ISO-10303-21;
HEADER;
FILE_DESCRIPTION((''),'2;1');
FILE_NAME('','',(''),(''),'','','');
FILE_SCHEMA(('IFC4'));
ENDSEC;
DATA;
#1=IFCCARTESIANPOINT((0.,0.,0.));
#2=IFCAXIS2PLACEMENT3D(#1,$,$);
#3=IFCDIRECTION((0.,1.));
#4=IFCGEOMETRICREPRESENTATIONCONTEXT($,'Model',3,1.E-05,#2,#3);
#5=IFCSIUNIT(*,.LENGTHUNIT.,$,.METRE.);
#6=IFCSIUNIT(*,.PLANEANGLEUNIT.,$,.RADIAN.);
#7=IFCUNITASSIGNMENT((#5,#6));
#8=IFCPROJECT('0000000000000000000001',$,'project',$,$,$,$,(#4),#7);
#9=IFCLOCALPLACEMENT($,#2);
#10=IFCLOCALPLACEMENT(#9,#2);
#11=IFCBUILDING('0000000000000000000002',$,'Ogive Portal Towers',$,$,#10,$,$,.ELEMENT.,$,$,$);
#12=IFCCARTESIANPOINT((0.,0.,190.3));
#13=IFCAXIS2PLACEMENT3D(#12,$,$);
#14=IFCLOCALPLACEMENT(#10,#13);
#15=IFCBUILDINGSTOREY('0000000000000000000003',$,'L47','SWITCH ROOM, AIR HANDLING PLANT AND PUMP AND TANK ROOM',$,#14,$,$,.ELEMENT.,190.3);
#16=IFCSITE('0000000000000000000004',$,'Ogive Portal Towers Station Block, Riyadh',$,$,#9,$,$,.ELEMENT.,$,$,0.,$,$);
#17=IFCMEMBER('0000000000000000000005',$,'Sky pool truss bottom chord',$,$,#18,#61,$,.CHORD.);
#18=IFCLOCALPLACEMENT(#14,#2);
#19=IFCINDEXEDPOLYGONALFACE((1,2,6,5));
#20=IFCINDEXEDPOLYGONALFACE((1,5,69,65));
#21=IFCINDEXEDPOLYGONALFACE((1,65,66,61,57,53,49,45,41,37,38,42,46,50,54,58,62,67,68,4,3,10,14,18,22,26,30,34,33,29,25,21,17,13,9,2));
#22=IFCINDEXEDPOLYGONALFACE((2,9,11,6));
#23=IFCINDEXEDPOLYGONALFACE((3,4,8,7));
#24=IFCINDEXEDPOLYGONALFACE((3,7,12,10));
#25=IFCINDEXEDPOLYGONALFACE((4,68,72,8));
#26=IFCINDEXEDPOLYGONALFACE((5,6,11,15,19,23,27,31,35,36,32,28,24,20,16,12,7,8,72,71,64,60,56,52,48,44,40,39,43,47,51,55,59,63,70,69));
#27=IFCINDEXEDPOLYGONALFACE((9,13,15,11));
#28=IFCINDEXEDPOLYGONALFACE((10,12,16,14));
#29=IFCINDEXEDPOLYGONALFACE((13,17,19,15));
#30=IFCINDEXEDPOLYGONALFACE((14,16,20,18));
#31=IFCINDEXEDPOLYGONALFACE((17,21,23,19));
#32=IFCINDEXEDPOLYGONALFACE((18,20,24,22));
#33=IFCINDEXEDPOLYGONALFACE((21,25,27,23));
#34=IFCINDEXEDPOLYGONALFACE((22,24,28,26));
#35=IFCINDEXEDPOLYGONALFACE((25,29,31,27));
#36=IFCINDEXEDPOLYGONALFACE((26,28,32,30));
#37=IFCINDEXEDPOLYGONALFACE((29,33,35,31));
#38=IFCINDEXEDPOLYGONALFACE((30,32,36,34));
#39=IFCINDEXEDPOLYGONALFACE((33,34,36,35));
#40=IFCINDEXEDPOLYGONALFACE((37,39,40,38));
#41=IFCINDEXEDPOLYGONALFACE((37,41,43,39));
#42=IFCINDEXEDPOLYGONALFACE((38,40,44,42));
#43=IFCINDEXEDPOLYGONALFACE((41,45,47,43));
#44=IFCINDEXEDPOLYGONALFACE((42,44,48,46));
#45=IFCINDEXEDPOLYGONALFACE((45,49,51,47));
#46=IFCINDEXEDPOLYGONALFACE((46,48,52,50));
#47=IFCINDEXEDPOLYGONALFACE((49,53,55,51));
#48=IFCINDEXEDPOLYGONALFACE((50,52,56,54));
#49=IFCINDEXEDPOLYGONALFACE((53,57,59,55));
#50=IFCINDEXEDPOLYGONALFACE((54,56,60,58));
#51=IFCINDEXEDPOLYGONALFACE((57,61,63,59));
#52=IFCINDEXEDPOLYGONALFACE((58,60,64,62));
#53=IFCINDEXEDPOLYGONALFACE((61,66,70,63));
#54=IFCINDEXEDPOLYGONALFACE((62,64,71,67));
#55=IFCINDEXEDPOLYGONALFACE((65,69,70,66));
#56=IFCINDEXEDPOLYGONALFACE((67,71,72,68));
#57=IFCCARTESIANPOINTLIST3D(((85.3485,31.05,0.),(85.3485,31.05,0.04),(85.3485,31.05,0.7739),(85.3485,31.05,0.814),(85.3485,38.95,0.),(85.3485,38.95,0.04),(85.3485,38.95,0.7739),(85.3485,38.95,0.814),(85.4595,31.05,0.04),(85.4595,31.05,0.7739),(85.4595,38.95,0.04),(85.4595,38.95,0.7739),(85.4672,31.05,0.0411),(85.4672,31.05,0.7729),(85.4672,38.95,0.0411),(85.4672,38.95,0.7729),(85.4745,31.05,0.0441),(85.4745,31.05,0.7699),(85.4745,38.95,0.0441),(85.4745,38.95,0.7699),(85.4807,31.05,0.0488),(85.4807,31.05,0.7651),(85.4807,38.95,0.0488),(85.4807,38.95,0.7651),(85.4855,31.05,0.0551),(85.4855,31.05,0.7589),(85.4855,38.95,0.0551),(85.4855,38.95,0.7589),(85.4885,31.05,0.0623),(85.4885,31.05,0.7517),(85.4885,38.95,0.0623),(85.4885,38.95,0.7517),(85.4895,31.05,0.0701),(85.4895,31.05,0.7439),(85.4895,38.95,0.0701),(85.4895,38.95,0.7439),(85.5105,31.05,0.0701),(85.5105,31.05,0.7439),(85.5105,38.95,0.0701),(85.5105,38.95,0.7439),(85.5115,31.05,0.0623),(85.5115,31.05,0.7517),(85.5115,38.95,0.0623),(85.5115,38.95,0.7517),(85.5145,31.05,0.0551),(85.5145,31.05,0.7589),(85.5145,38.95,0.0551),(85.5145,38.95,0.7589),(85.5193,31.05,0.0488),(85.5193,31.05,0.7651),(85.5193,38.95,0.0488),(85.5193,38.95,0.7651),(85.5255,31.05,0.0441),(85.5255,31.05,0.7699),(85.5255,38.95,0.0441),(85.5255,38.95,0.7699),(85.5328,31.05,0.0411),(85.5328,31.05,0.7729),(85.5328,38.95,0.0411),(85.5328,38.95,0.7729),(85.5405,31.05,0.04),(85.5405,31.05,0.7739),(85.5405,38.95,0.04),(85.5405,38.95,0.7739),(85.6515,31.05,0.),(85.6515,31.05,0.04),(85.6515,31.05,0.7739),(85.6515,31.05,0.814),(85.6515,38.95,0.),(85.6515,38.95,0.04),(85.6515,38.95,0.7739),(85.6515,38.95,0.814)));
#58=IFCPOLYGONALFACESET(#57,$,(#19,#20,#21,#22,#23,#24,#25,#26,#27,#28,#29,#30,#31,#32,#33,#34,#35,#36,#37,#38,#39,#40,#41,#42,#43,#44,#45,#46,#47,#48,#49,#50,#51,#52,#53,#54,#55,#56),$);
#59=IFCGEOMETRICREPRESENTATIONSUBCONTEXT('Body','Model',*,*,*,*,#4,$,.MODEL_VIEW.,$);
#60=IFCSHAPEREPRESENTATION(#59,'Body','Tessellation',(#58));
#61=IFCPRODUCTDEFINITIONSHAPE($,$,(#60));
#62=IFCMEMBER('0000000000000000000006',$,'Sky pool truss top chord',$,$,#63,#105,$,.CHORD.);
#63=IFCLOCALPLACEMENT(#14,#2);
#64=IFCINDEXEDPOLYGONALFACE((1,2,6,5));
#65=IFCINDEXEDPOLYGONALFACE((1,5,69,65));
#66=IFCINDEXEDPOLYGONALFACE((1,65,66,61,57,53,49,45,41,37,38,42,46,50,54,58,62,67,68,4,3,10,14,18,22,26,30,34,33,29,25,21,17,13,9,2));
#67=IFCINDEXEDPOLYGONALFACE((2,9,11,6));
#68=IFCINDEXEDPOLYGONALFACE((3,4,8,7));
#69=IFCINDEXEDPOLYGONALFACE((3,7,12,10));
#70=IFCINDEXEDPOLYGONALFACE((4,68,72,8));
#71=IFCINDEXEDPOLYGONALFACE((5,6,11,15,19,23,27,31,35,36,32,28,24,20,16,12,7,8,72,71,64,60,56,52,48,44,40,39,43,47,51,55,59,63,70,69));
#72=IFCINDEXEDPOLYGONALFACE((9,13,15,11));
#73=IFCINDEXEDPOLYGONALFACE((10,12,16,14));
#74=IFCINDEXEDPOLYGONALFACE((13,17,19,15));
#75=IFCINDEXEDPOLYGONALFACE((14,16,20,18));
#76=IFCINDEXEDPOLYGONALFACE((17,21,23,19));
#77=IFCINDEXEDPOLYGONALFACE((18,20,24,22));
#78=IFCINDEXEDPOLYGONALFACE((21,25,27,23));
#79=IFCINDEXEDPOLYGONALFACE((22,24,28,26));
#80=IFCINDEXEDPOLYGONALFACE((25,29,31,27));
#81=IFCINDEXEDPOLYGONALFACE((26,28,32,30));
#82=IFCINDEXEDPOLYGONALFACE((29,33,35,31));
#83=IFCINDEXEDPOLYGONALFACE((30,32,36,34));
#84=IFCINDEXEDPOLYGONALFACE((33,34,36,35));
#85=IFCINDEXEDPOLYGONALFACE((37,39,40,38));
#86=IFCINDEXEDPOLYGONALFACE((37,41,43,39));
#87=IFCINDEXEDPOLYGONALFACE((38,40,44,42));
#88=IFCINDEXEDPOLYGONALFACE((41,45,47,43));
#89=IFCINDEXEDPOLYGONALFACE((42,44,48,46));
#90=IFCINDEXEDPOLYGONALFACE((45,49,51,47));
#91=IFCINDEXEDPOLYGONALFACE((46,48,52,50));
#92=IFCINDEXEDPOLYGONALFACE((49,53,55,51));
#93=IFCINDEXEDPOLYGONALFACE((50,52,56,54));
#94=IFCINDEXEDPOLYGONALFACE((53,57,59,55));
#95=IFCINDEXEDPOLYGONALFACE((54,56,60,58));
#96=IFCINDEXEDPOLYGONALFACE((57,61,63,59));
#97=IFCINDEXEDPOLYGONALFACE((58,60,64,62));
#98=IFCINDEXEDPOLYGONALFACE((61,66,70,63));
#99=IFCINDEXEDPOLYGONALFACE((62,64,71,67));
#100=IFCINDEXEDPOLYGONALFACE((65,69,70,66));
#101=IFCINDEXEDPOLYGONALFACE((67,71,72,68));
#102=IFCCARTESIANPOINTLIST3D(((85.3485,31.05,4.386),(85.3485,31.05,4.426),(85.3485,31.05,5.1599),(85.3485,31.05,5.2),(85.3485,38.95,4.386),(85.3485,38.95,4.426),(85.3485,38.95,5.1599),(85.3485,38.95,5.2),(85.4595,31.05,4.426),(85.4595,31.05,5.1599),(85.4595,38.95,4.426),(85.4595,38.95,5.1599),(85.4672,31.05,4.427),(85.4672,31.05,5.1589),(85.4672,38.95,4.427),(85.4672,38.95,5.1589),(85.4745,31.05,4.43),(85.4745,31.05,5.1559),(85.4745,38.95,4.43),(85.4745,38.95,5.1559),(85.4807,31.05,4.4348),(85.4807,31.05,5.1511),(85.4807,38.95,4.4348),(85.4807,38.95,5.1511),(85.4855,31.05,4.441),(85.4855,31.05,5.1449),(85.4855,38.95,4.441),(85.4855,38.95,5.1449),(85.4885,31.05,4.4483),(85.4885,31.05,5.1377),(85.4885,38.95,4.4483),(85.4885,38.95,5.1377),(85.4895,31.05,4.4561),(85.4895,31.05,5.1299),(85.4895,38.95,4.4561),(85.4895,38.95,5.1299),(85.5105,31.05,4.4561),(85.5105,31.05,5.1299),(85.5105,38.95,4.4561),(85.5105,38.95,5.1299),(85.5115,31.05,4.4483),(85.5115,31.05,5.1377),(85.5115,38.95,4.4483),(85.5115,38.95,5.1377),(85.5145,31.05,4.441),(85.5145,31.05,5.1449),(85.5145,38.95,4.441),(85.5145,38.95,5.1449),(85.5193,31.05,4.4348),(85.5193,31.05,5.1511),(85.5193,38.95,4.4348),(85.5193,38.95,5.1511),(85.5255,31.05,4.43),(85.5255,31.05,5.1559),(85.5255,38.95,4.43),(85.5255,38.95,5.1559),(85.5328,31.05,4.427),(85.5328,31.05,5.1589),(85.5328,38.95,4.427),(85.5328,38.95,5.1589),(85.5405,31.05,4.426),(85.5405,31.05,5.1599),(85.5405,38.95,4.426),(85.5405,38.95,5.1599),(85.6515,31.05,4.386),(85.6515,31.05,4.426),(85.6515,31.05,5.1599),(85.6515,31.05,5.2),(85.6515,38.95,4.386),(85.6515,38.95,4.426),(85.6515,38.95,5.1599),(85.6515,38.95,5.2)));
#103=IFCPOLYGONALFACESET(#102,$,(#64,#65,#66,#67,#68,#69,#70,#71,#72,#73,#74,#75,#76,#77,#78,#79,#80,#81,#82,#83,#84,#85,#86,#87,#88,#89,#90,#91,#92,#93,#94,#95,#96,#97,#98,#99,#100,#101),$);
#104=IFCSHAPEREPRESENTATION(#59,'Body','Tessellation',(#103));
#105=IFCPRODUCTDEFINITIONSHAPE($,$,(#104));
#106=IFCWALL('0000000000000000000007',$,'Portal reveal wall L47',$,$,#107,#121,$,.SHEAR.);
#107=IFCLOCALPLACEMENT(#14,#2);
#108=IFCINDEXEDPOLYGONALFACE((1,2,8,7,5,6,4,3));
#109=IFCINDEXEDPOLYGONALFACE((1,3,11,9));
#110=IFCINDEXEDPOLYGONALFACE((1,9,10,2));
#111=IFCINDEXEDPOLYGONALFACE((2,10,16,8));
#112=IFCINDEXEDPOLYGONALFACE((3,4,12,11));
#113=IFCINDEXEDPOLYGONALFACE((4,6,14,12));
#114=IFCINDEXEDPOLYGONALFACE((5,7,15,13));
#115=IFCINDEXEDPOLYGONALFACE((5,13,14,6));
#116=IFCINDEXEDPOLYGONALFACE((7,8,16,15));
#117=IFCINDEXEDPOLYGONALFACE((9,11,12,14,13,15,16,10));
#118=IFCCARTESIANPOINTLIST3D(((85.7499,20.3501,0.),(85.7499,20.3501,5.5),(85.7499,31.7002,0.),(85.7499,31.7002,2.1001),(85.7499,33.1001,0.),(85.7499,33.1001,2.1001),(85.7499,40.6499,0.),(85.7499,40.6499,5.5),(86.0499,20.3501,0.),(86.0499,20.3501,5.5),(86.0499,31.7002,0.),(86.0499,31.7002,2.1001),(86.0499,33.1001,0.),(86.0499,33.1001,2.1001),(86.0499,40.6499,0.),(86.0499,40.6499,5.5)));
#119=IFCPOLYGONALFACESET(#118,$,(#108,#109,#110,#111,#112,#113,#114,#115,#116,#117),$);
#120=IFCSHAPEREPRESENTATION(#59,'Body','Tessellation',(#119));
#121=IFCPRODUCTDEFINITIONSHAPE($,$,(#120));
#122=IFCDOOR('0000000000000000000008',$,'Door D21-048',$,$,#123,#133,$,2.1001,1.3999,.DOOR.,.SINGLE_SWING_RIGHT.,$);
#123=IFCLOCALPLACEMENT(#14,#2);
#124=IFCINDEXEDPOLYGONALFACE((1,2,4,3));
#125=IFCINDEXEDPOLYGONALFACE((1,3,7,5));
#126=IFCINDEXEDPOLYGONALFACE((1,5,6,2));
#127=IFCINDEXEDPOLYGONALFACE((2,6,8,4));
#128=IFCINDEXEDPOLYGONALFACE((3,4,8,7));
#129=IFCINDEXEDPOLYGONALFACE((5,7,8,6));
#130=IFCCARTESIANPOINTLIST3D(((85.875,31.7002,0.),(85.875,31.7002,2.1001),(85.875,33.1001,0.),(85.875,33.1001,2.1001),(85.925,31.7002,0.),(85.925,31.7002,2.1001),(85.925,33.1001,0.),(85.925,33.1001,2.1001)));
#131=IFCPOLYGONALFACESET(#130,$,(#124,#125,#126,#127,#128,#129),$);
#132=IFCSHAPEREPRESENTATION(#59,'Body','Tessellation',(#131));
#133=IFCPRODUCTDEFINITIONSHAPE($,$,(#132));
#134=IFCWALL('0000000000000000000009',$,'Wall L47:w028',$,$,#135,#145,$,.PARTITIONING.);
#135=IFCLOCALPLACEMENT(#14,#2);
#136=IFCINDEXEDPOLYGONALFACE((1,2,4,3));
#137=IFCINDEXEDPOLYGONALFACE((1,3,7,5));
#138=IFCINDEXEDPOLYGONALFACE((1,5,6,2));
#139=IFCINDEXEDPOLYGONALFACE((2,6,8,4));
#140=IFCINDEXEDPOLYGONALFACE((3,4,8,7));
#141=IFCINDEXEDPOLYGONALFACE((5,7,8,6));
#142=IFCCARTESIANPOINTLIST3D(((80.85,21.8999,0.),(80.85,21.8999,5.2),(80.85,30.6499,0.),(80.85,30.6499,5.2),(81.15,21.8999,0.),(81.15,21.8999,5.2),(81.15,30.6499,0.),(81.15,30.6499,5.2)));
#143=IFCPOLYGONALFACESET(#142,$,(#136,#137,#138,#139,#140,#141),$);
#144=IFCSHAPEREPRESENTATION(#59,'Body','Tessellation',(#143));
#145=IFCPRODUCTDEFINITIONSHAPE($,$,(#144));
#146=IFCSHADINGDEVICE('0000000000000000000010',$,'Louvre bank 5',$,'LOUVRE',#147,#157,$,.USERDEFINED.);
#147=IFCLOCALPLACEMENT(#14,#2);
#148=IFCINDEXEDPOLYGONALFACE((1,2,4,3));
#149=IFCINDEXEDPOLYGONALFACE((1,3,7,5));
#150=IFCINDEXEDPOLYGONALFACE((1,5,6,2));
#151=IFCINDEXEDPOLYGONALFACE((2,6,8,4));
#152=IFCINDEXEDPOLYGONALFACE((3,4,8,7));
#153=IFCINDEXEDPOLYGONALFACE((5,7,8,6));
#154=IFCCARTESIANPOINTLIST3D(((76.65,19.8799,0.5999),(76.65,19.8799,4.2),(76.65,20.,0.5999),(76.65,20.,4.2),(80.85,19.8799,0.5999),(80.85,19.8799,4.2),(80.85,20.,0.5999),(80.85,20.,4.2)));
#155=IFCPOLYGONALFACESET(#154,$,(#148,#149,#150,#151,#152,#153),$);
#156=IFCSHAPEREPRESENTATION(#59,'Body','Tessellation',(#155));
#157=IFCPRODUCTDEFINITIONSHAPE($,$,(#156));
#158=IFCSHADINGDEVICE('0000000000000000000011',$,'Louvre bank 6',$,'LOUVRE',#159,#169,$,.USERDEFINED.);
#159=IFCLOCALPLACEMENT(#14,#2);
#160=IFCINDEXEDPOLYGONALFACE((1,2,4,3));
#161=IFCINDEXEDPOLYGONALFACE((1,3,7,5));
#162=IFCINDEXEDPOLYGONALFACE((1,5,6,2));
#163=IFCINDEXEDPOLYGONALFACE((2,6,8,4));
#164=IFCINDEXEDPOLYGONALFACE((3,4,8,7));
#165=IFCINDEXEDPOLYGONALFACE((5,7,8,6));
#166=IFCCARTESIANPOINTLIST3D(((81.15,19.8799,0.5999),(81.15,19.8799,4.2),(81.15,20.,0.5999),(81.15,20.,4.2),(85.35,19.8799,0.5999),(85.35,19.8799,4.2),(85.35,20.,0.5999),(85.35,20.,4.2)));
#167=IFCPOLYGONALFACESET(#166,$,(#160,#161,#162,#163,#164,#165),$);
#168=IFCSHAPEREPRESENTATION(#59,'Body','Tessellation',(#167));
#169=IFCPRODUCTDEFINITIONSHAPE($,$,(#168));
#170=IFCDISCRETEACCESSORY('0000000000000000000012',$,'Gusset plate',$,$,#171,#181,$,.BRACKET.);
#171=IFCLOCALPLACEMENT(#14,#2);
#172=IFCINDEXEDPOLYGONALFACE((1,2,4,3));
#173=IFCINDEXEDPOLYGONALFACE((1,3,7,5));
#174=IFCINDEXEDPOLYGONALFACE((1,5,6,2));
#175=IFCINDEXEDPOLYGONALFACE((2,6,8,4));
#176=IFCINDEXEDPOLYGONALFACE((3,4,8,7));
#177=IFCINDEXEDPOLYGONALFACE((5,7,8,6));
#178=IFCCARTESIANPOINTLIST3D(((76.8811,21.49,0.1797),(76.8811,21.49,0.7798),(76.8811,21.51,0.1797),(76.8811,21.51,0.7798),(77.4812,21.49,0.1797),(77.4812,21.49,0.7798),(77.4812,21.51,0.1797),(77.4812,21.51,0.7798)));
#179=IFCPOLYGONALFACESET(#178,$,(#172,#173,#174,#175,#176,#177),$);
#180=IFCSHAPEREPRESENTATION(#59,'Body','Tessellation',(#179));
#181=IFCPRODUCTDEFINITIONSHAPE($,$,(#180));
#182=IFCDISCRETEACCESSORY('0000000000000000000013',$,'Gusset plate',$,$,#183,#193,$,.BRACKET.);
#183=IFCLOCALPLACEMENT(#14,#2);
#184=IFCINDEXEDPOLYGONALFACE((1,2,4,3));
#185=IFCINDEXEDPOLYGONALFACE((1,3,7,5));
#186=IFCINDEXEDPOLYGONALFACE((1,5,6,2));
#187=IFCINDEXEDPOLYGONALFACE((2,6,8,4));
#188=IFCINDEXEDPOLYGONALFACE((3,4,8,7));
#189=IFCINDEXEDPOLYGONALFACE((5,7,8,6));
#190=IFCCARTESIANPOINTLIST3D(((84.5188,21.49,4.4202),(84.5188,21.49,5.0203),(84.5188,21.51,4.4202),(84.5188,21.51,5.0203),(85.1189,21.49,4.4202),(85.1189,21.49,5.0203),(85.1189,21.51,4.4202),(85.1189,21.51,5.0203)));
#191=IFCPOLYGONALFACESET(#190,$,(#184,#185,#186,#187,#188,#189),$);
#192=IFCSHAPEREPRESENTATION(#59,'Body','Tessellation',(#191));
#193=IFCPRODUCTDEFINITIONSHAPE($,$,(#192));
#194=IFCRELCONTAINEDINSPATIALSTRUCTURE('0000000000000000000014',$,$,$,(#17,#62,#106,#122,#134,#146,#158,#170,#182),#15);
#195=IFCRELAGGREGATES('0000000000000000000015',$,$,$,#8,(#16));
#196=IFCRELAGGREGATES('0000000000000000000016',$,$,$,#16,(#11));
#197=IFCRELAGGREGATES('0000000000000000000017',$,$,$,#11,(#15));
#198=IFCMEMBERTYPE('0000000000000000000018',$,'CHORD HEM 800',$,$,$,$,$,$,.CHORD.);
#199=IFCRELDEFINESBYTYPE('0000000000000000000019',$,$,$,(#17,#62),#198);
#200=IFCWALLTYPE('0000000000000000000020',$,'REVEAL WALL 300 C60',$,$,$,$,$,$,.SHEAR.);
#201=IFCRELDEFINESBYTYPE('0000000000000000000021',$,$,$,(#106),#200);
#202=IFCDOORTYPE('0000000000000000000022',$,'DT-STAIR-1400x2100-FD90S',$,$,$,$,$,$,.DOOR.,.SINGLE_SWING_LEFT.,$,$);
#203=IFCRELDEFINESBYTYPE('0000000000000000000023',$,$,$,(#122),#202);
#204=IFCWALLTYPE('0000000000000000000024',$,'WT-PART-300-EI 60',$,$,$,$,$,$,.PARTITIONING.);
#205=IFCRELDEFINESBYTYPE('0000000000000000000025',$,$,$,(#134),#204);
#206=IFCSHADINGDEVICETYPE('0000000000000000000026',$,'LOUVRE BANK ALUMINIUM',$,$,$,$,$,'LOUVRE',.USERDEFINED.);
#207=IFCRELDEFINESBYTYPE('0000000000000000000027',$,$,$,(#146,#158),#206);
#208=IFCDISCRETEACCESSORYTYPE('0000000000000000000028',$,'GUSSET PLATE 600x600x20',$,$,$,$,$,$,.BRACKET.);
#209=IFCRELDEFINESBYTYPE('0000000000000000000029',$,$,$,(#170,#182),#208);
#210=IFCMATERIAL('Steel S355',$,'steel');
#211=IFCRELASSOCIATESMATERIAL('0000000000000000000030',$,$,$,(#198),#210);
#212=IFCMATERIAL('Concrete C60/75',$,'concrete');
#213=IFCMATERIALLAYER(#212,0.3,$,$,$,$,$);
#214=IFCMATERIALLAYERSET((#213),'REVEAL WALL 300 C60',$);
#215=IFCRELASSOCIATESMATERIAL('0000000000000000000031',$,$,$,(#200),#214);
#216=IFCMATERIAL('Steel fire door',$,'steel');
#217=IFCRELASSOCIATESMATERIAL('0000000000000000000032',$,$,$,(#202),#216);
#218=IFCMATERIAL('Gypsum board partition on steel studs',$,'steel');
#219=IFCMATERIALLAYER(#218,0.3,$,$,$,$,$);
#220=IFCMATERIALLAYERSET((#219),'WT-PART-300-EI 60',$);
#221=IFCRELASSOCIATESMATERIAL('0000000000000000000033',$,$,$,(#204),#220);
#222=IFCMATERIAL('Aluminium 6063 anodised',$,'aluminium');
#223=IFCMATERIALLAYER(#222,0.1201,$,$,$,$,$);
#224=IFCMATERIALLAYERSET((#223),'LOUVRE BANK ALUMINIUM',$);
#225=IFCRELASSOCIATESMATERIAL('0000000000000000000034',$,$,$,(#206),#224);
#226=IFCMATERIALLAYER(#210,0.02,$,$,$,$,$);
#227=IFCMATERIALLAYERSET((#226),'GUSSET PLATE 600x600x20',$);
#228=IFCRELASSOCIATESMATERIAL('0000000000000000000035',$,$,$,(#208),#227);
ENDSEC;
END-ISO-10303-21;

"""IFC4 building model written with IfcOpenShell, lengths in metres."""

from ifc_helpers import new_model, si_unit, direction, frame, frame_2d, origin, origin_2d, place, context, subcontext, project, spatial, rectangle, i_section, extrude, material, layer, layer_set, material_profile, profile_set, type_object, element, fill, save


model = new_model("IFC4")

# Units and contexts
model_context = context("Model", 3, precision=1e-05, world=origin(), true_north=direction((0.0, 1.0)))
body_context = subcontext(model_context, "Body", "Model", "MODEL_VIEW")
ifc_project = project(units=[si_unit("LENGTHUNIT", "METRE"), si_unit("PLANEANGLEUNIT", "RADIAN")], contexts=[model_context])

# Site, building, storey
site_placement = place(None, origin())
site = spatial("IfcSite", under=ifc_project, at=site_placement, Name="Ogive Portal Towers Station Block, Riyadh", CompositionType="ELEMENT", RefElevation=0.0)
building_placement = place(site_placement, origin())
building = spatial("IfcBuilding", under=site, at=building_placement, Name="Ogive Portal Towers", CompositionType="ELEMENT")
storey_placement = place(building_placement, frame((0.0, 0.0, 190.3)))
storey = spatial("IfcBuildingStorey", under=building, at=storey_placement, Name="L47", Description="SWITCH ROOM, AIR HANDLING PLANT AND PUMP AND TANK ROOM", CompositionType="ELEMENT", Elevation=190.3)

# Shared definitions
ifc_material_1 = material(Name="Concrete C60/75", Category="concrete")

# Members
ifc_material_2 = material(Name="Steel S355", Category="steel")
ifc_material_profile_1 = material_profile(ifc_material_2, i_section(OverallWidth=0.303, OverallDepth=0.814, WebThickness=0.021, FlangeThickness=0.04, FilletRadius=0.03, at=origin_2d()), Name="HEM 800")
ifc_profile_set_1 = profile_set([ifc_material_profile_1], Name="Steel S355")
member_type_1 = type_object("IfcMemberType", Name="CHORD HEM 800", PredefinedType="CHORD", material=ifc_profile_set_1)
for number, where, z_axis, x_axis, name in (
    (1, (85.5, 31.05, 0.407), (0.0, 1.0, 0.0), (-1.0, 0.0, 0.0), "Sky pool truss bottom chord"),
    (2, (85.5, 31.05, 4.793), (0.0, 1.0, 0.0), (-1.0, 0.0, 0.0), "Sky pool truss top chord"),
):
    element("IfcMember", number, at=place(storey_placement, frame(where, z_axis=z_axis, x_axis=x_axis)), inside=storey, type_object=member_type_1, Name=name, PredefinedType="CHORD", context=body_context, shape_type="SweptSolid", body=[
        extrude(i_section(OverallWidth=0.303, OverallDepth=0.814, WebThickness=0.021, FlangeThickness=0.04, FilletRadius=0.03, at=origin_2d()), origin(), (0.0, 0.0, 1.0), 7.8999),
    ])

# Wall, opening, door
ifc_layer_1 = layer(ifc_material_1, 0.3)
ifc_layer_set_1 = layer_set([ifc_layer_1], Name="REVEAL WALL 300 C60")
wall_type_1 = type_object("IfcWallType", Name="REVEAL WALL 300 C60", PredefinedType="SHEAR", material=ifc_layer_set_1)
wall_1_placement = place(storey_placement, frame((85.8999, 20.3501, 0.0), z_axis=(0.0, 0.0, 1.0), x_axis=(0.0, 1.0, 0.0)))
wall_1 = element("IfcWall", 3, at=wall_1_placement, inside=storey, type_object=wall_type_1, Name="Portal reveal wall L47", PredefinedType="SHEAR", context=body_context, shape_type="SweptSolid", body=[
    extrude(rectangle(XDim=20.2998, YDim=0.3, at=frame_2d((10.1499, 0.0))), origin(), (0.0, 0.0, 1.0), 5.5),
])
opening_placement = place(wall_1_placement, frame((11.3501, 0.0, 0.0)))
opening = element("IfcOpeningElement", 4, at=opening_placement, cuts=wall_1, PredefinedType="OPENING", context=body_context, shape_type="SweptSolid", body=[
    extrude(rectangle(XDim=1.3999, YDim=2.1001, at=frame_2d((0.7, 1.05))), frame((0.0, 0.1602, 0.0), z_axis=(0.0, -1.0, 0.0), x_axis=(1.0, 0.0, 0.0)), (0.0, 0.0, 1.0), 0.3201),
])
ifc_material_3 = material(Name="Steel fire door", Category="steel")
door_type = type_object("IfcDoorType", Name="DT-STAIR-1400x2100-FD90S", OperationType="SINGLE_SWING_LEFT", PredefinedType="DOOR", material=ifc_material_3)
door_placement = place(opening_placement, origin())
door = element("IfcDoor", 5, at=door_placement, inside=storey, type_object=door_type, Name="Door D21-048", OperationType="SINGLE_SWING_RIGHT", OverallHeight=2.1001, OverallWidth=1.3999, PredefinedType="DOOR", context=body_context, shape_type="SweptSolid", body=[
    extrude(rectangle(XDim=1.3999, YDim=2.1001, at=frame_2d((0.7, 1.05))), frame((0.0, 0.0249, 0.0), z_axis=(0.0, -1.0, 0.0), x_axis=(1.0, 0.0, 0.0)), (0.0, 0.0, 1.0), 0.05),
])
fill(opening, door)

# Wall
ifc_material_4 = material(Name="Gypsum board partition on steel studs", Category="steel")
ifc_layer_2 = layer(ifc_material_4, 0.3)
ifc_layer_set_2 = layer_set([ifc_layer_2], Name="WT-PART-300-EI 60")
wall_type_2 = type_object("IfcWallType", Name="WT-PART-300-EI 60", PredefinedType="PARTITIONING", material=ifc_layer_set_2)
wall_2_placement = place(storey_placement, frame((81.0, 21.8999, 0.0), z_axis=(0.0, 0.0, 1.0), x_axis=(0.0, 1.0, 0.0)))
element("IfcWall", 6, at=wall_2_placement, inside=storey, type_object=wall_type_2, Name="Wall L47:w028", PredefinedType="PARTITIONING", context=body_context, shape_type="SweptSolid", body=[
    extrude(rectangle(XDim=8.75, YDim=0.3, at=frame_2d((4.375, 0.0))), origin(), (0.0, 0.0, 1.0), 5.2),
])

# Shading devices
ifc_material_5 = material(Name="Aluminium 6063 anodised", Category="aluminium")
ifc_layer_3 = layer(ifc_material_5, 0.1201)
ifc_layer_set_3 = layer_set([ifc_layer_3], Name="LOUVRE BANK ALUMINIUM")
shading_device_type = type_object("IfcShadingDeviceType", Name="LOUVRE BANK ALUMINIUM", ElementType="LOUVRE", PredefinedType="USERDEFINED", material=ifc_layer_set_3)
for number, where, z_axis, x_axis, name in (
    (7, (78.75, 19.9399, 0.5999), (0.0, 0.0, 1.0), (1.0, 0.0, 0.0), "Louvre bank 5"),
    (8, (83.25, 19.9399, 0.5999), (0.0, 0.0, 1.0), (1.0, 0.0, 0.0), "Louvre bank 6"),
):
    element("IfcShadingDevice", number, at=place(storey_placement, frame(where, z_axis=z_axis, x_axis=x_axis)), inside=storey, type_object=shading_device_type, Name=name, ObjectType="LOUVRE", PredefinedType="USERDEFINED", context=body_context, shape_type="SweptSolid", body=[
        extrude(rectangle(XDim=4.2, YDim=0.1201, at=origin_2d()), origin(), (0.0, 0.0, 1.0), 3.6001),
    ])

# Discrete accessories
ifc_layer_4 = layer(ifc_material_2, 0.02)
ifc_layer_set_4 = layer_set([ifc_layer_4], Name="GUSSET PLATE 600x600x20")
discrete_accessory_type_1 = type_object("IfcDiscreteAccessoryType", Name="GUSSET PLATE 600x600x20", PredefinedType="BRACKET", material=ifc_layer_set_4)
for number, where, z_axis, x_axis, name in (
    (9, (77.1812, 21.5, 0.1797), (0.0, 0.0, 1.0), (1.0, 0.0, 0.0), "Gusset plate"),
    (10, (84.8188, 21.5, 4.4202), (0.0, 0.0, 1.0), (1.0, 0.0, 0.0), "Gusset plate"),
):
    element("IfcDiscreteAccessory", number, at=place(storey_placement, frame(where, z_axis=z_axis, x_axis=x_axis)), inside=storey, type_object=discrete_accessory_type_1, Name=name, PredefinedType="BRACKET", context=body_context, shape_type="SweptSolid", body=[
        extrude(rectangle(XDim=0.6001, YDim=0.02, at=origin_2d()), origin(), (0.0, 0.0, 1.0), 0.6001),
    ])

save(model, "model.ifc")
